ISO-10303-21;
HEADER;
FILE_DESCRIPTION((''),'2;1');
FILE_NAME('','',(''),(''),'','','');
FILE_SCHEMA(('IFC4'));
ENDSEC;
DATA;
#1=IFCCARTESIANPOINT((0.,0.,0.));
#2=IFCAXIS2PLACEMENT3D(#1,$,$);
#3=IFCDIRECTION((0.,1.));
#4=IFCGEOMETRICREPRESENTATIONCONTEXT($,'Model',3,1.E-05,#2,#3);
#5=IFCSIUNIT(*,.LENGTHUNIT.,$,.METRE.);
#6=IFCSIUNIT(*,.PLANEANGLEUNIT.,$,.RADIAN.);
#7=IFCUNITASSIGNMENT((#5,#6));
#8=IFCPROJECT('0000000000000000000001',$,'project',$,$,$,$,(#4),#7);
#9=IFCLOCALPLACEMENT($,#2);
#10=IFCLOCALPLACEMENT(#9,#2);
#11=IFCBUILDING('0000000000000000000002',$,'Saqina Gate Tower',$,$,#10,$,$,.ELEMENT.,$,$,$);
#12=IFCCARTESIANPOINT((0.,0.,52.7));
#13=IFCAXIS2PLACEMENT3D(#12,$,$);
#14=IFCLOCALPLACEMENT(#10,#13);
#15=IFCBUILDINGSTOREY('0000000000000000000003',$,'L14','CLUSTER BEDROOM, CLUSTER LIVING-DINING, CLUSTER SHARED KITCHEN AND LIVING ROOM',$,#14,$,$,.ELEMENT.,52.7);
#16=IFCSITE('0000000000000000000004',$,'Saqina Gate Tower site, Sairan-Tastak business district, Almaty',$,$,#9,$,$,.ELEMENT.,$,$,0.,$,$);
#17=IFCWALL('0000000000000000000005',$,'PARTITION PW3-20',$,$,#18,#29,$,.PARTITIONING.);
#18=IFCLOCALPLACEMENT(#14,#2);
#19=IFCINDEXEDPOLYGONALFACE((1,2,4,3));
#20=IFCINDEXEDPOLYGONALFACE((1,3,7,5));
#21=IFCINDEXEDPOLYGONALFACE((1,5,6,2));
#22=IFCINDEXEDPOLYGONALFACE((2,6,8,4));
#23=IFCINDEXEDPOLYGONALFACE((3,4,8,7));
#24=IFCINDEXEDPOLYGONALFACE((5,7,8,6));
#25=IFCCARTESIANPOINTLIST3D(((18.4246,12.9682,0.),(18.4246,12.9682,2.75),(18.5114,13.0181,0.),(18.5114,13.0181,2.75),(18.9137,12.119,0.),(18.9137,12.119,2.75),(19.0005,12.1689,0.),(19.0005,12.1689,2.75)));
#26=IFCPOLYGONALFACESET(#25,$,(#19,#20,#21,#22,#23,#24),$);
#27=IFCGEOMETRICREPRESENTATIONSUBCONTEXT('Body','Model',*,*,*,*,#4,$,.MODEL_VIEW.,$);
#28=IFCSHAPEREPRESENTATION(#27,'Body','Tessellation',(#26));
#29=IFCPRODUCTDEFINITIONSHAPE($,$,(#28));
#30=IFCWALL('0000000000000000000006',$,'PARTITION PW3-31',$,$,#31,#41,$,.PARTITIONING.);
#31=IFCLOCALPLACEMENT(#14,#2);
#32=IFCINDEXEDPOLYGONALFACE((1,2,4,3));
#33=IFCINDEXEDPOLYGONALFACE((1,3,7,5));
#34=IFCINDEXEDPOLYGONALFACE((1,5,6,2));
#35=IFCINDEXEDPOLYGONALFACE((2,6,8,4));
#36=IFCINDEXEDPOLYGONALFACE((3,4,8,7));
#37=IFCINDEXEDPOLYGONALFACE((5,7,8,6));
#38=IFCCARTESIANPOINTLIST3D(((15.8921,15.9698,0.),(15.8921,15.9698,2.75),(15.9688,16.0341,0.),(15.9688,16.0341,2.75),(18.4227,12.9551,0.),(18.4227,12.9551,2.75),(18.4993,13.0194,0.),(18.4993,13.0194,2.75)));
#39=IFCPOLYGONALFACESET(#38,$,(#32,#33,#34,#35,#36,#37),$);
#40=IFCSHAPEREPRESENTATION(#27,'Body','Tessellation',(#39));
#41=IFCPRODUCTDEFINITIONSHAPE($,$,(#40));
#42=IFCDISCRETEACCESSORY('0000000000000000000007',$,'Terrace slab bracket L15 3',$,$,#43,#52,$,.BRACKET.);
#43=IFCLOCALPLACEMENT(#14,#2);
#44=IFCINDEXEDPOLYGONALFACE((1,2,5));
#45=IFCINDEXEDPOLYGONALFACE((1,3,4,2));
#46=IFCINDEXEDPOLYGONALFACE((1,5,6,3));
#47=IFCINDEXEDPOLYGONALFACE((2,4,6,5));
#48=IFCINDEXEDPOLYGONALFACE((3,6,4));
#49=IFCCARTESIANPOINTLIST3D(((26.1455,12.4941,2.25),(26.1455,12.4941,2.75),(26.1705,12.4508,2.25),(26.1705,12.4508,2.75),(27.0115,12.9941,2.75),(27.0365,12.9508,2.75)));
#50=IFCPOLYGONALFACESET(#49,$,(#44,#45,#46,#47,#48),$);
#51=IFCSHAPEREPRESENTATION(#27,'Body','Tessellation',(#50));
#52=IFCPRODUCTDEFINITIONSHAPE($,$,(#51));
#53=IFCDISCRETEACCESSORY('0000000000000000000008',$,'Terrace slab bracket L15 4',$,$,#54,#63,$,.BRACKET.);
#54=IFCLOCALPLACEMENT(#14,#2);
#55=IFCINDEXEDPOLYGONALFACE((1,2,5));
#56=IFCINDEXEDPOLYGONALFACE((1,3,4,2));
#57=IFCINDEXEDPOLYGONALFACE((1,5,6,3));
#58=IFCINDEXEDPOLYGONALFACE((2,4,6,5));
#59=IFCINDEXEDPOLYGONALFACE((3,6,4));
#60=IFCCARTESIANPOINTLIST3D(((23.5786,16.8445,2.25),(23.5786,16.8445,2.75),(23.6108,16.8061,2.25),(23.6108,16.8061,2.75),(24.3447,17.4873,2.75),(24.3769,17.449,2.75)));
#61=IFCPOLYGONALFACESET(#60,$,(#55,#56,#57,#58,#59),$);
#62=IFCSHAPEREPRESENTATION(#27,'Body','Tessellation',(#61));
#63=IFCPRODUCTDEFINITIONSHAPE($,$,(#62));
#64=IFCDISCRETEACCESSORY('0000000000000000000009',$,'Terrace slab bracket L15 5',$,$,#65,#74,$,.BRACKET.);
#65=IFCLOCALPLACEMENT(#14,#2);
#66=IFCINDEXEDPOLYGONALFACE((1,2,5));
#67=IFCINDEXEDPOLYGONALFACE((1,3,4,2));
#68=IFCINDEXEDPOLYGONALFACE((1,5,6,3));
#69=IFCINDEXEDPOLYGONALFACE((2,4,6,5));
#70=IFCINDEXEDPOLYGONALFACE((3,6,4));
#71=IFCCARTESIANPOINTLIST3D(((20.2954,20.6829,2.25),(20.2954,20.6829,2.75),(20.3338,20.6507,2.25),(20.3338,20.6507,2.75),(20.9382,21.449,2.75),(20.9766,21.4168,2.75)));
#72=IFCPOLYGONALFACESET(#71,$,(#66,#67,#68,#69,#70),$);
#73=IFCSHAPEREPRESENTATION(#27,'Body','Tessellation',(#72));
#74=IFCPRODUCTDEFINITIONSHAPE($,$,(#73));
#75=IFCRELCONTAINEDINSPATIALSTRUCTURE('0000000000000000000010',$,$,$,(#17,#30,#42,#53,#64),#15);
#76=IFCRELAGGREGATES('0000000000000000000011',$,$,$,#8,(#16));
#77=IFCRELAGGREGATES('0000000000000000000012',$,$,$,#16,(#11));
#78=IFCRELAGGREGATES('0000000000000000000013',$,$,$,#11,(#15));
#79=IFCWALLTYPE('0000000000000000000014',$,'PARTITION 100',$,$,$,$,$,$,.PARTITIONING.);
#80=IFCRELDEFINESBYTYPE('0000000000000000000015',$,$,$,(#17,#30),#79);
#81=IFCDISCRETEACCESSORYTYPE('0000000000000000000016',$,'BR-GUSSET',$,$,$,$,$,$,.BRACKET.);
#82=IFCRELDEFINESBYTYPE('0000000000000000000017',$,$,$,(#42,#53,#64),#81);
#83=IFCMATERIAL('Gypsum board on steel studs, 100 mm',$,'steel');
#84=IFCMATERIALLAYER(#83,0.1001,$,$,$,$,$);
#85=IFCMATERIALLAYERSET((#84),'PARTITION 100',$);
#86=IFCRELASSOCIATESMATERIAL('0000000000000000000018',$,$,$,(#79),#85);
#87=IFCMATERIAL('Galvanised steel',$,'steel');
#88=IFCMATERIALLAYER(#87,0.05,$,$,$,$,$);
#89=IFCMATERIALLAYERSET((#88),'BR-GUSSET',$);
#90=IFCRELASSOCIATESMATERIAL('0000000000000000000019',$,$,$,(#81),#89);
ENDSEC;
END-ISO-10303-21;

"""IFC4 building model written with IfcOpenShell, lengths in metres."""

from ifc_helpers import new_model, si_unit, direction, frame, frame_2d, origin, place, context, subcontext, project, spatial, polyline, rectangle, outline, extrude, material, layer, layer_set, type_object, element, save


model = new_model("IFC4")

# Units and contexts
model_context = context("Model", 3, precision=1e-05, world=origin(), true_north=direction((0.0, 1.0)))
body_context = subcontext(model_context, "Body", "Model", "MODEL_VIEW")
ifc_project = project(units=[si_unit("LENGTHUNIT", "METRE"), si_unit("PLANEANGLEUNIT", "RADIAN")], contexts=[model_context])

# Site, building, storey
site_placement = place(None, origin())
site = spatial("IfcSite", under=ifc_project, at=site_placement, Name="Saqina Gate Tower site, Sairan-Tastak business district, Almaty", CompositionType="ELEMENT", RefElevation=0.0)
building_placement = place(site_placement, origin())
building = spatial("IfcBuilding", under=site, at=building_placement, Name="Saqina Gate Tower", CompositionType="ELEMENT")
storey_placement = place(building_placement, frame((0.0, 0.0, 52.7)))
storey = spatial("IfcBuildingStorey", under=building, at=storey_placement, Name="L14", Description="CLUSTER BEDROOM, CLUSTER LIVING-DINING, CLUSTER SHARED KITCHEN AND LIVING ROOM", CompositionType="ELEMENT", Elevation=52.7)

# Walls
ifc_material_1 = material(Name="Gypsum board on steel studs, 100 mm", Category="steel")
ifc_layer_1 = layer(ifc_material_1, 0.1001)
ifc_layer_set_1 = layer_set([ifc_layer_1], Name="PARTITION 100")
wall_type_1 = type_object("IfcWallType", Name="PARTITION 100", PredefinedType="PARTITIONING", material=ifc_layer_set_1)
wall_1_placement = place(storey_placement, frame((18.468, 12.9932, 0.0), z_axis=(0.0, 0.0, 1.0), x_axis=(0.499061, -0.866567, 0.0)))
element("IfcWall", 1, at=wall_1_placement, inside=storey, type_object=wall_type_1, Name="PARTITION PW3-20", PredefinedType="PARTITIONING", context=body_context, shape_type="SweptSolid", body=[
    extrude(rectangle(XDim=0.98, YDim=0.1001, at=frame_2d((0.49, 0.0))), origin(), (0.0, 0.0, 1.0), 2.75),
])
wall_2_placement = place(storey_placement, frame((15.9304, 16.002, 0.0), z_axis=(0.0, 0.0, 1.0), x_axis=(0.642926, -0.765928, 0.0)))
element("IfcWall", 2, at=wall_2_placement, inside=storey, type_object=wall_type_1, Name="PARTITION PW3-31", PredefinedType="PARTITIONING", context=body_context, shape_type="SweptSolid", body=[
    extrude(rectangle(XDim=3.936, YDim=0.1001, at=frame_2d((1.968, 0.0))), origin(), (0.0, 0.0, 1.0), 2.75),
])

# Discrete accessories
ifc_material_2 = material(Name="Galvanised steel", Category="steel")
ifc_layer_2 = layer(ifc_material_2, 0.05)
ifc_layer_set_2 = layer_set([ifc_layer_2], Name="BR-GUSSET")
discrete_accessory_type = type_object("IfcDiscreteAccessoryType", Name="BR-GUSSET", PredefinedType="BRACKET", material=ifc_layer_set_2)
discrete_accessory_placement = place(storey_placement, frame((26.1455, 12.4941, 2.25), z_axis=(-0.500025, 0.866011, 0.0), x_axis=(0.0, 0.0, 1.0)))
element("IfcDiscreteAccessory", 3, at=discrete_accessory_placement, inside=storey, type_object=discrete_accessory_type, Name="Terrace slab bracket L15 3", PredefinedType="BRACKET", context=body_context, shape_type="SweptSolid", body=[
    extrude(outline(polyline([(0.0, 0.0), (0.5, 0.0), (0.5, 0.9999), (0.0, 0.0)])), origin(), (0.0, 0.0, -1.0), 0.05),
])
for number, where, z_axis, x_axis, name in (
    (4, (23.5786, 16.8445, 2.25), (-0.642774, 0.766056, 0.0), (0.0, 0.0, 1.0), "Terrace slab bracket L15 4"),
    (5, (20.2954, 20.6829, 2.25), (-0.766056, 0.642774, 0.0), (0.0, 0.0, 1.0), "Terrace slab bracket L15 5"),
):
    element("IfcDiscreteAccessory", number, at=place(storey_placement, frame(where, z_axis=z_axis, x_axis=x_axis)), inside=storey, type_object=discrete_accessory_type, Name=name, PredefinedType="BRACKET", context=body_context, shape_type="SweptSolid", body=[
        extrude(outline(polyline([(0.0, 0.0), (0.5, 0.0), (0.5, 1.0001), (0.0, 0.0)])), origin(), (0.0, 0.0, -1.0), 0.05),
    ])

save(model, "model.ifc")
